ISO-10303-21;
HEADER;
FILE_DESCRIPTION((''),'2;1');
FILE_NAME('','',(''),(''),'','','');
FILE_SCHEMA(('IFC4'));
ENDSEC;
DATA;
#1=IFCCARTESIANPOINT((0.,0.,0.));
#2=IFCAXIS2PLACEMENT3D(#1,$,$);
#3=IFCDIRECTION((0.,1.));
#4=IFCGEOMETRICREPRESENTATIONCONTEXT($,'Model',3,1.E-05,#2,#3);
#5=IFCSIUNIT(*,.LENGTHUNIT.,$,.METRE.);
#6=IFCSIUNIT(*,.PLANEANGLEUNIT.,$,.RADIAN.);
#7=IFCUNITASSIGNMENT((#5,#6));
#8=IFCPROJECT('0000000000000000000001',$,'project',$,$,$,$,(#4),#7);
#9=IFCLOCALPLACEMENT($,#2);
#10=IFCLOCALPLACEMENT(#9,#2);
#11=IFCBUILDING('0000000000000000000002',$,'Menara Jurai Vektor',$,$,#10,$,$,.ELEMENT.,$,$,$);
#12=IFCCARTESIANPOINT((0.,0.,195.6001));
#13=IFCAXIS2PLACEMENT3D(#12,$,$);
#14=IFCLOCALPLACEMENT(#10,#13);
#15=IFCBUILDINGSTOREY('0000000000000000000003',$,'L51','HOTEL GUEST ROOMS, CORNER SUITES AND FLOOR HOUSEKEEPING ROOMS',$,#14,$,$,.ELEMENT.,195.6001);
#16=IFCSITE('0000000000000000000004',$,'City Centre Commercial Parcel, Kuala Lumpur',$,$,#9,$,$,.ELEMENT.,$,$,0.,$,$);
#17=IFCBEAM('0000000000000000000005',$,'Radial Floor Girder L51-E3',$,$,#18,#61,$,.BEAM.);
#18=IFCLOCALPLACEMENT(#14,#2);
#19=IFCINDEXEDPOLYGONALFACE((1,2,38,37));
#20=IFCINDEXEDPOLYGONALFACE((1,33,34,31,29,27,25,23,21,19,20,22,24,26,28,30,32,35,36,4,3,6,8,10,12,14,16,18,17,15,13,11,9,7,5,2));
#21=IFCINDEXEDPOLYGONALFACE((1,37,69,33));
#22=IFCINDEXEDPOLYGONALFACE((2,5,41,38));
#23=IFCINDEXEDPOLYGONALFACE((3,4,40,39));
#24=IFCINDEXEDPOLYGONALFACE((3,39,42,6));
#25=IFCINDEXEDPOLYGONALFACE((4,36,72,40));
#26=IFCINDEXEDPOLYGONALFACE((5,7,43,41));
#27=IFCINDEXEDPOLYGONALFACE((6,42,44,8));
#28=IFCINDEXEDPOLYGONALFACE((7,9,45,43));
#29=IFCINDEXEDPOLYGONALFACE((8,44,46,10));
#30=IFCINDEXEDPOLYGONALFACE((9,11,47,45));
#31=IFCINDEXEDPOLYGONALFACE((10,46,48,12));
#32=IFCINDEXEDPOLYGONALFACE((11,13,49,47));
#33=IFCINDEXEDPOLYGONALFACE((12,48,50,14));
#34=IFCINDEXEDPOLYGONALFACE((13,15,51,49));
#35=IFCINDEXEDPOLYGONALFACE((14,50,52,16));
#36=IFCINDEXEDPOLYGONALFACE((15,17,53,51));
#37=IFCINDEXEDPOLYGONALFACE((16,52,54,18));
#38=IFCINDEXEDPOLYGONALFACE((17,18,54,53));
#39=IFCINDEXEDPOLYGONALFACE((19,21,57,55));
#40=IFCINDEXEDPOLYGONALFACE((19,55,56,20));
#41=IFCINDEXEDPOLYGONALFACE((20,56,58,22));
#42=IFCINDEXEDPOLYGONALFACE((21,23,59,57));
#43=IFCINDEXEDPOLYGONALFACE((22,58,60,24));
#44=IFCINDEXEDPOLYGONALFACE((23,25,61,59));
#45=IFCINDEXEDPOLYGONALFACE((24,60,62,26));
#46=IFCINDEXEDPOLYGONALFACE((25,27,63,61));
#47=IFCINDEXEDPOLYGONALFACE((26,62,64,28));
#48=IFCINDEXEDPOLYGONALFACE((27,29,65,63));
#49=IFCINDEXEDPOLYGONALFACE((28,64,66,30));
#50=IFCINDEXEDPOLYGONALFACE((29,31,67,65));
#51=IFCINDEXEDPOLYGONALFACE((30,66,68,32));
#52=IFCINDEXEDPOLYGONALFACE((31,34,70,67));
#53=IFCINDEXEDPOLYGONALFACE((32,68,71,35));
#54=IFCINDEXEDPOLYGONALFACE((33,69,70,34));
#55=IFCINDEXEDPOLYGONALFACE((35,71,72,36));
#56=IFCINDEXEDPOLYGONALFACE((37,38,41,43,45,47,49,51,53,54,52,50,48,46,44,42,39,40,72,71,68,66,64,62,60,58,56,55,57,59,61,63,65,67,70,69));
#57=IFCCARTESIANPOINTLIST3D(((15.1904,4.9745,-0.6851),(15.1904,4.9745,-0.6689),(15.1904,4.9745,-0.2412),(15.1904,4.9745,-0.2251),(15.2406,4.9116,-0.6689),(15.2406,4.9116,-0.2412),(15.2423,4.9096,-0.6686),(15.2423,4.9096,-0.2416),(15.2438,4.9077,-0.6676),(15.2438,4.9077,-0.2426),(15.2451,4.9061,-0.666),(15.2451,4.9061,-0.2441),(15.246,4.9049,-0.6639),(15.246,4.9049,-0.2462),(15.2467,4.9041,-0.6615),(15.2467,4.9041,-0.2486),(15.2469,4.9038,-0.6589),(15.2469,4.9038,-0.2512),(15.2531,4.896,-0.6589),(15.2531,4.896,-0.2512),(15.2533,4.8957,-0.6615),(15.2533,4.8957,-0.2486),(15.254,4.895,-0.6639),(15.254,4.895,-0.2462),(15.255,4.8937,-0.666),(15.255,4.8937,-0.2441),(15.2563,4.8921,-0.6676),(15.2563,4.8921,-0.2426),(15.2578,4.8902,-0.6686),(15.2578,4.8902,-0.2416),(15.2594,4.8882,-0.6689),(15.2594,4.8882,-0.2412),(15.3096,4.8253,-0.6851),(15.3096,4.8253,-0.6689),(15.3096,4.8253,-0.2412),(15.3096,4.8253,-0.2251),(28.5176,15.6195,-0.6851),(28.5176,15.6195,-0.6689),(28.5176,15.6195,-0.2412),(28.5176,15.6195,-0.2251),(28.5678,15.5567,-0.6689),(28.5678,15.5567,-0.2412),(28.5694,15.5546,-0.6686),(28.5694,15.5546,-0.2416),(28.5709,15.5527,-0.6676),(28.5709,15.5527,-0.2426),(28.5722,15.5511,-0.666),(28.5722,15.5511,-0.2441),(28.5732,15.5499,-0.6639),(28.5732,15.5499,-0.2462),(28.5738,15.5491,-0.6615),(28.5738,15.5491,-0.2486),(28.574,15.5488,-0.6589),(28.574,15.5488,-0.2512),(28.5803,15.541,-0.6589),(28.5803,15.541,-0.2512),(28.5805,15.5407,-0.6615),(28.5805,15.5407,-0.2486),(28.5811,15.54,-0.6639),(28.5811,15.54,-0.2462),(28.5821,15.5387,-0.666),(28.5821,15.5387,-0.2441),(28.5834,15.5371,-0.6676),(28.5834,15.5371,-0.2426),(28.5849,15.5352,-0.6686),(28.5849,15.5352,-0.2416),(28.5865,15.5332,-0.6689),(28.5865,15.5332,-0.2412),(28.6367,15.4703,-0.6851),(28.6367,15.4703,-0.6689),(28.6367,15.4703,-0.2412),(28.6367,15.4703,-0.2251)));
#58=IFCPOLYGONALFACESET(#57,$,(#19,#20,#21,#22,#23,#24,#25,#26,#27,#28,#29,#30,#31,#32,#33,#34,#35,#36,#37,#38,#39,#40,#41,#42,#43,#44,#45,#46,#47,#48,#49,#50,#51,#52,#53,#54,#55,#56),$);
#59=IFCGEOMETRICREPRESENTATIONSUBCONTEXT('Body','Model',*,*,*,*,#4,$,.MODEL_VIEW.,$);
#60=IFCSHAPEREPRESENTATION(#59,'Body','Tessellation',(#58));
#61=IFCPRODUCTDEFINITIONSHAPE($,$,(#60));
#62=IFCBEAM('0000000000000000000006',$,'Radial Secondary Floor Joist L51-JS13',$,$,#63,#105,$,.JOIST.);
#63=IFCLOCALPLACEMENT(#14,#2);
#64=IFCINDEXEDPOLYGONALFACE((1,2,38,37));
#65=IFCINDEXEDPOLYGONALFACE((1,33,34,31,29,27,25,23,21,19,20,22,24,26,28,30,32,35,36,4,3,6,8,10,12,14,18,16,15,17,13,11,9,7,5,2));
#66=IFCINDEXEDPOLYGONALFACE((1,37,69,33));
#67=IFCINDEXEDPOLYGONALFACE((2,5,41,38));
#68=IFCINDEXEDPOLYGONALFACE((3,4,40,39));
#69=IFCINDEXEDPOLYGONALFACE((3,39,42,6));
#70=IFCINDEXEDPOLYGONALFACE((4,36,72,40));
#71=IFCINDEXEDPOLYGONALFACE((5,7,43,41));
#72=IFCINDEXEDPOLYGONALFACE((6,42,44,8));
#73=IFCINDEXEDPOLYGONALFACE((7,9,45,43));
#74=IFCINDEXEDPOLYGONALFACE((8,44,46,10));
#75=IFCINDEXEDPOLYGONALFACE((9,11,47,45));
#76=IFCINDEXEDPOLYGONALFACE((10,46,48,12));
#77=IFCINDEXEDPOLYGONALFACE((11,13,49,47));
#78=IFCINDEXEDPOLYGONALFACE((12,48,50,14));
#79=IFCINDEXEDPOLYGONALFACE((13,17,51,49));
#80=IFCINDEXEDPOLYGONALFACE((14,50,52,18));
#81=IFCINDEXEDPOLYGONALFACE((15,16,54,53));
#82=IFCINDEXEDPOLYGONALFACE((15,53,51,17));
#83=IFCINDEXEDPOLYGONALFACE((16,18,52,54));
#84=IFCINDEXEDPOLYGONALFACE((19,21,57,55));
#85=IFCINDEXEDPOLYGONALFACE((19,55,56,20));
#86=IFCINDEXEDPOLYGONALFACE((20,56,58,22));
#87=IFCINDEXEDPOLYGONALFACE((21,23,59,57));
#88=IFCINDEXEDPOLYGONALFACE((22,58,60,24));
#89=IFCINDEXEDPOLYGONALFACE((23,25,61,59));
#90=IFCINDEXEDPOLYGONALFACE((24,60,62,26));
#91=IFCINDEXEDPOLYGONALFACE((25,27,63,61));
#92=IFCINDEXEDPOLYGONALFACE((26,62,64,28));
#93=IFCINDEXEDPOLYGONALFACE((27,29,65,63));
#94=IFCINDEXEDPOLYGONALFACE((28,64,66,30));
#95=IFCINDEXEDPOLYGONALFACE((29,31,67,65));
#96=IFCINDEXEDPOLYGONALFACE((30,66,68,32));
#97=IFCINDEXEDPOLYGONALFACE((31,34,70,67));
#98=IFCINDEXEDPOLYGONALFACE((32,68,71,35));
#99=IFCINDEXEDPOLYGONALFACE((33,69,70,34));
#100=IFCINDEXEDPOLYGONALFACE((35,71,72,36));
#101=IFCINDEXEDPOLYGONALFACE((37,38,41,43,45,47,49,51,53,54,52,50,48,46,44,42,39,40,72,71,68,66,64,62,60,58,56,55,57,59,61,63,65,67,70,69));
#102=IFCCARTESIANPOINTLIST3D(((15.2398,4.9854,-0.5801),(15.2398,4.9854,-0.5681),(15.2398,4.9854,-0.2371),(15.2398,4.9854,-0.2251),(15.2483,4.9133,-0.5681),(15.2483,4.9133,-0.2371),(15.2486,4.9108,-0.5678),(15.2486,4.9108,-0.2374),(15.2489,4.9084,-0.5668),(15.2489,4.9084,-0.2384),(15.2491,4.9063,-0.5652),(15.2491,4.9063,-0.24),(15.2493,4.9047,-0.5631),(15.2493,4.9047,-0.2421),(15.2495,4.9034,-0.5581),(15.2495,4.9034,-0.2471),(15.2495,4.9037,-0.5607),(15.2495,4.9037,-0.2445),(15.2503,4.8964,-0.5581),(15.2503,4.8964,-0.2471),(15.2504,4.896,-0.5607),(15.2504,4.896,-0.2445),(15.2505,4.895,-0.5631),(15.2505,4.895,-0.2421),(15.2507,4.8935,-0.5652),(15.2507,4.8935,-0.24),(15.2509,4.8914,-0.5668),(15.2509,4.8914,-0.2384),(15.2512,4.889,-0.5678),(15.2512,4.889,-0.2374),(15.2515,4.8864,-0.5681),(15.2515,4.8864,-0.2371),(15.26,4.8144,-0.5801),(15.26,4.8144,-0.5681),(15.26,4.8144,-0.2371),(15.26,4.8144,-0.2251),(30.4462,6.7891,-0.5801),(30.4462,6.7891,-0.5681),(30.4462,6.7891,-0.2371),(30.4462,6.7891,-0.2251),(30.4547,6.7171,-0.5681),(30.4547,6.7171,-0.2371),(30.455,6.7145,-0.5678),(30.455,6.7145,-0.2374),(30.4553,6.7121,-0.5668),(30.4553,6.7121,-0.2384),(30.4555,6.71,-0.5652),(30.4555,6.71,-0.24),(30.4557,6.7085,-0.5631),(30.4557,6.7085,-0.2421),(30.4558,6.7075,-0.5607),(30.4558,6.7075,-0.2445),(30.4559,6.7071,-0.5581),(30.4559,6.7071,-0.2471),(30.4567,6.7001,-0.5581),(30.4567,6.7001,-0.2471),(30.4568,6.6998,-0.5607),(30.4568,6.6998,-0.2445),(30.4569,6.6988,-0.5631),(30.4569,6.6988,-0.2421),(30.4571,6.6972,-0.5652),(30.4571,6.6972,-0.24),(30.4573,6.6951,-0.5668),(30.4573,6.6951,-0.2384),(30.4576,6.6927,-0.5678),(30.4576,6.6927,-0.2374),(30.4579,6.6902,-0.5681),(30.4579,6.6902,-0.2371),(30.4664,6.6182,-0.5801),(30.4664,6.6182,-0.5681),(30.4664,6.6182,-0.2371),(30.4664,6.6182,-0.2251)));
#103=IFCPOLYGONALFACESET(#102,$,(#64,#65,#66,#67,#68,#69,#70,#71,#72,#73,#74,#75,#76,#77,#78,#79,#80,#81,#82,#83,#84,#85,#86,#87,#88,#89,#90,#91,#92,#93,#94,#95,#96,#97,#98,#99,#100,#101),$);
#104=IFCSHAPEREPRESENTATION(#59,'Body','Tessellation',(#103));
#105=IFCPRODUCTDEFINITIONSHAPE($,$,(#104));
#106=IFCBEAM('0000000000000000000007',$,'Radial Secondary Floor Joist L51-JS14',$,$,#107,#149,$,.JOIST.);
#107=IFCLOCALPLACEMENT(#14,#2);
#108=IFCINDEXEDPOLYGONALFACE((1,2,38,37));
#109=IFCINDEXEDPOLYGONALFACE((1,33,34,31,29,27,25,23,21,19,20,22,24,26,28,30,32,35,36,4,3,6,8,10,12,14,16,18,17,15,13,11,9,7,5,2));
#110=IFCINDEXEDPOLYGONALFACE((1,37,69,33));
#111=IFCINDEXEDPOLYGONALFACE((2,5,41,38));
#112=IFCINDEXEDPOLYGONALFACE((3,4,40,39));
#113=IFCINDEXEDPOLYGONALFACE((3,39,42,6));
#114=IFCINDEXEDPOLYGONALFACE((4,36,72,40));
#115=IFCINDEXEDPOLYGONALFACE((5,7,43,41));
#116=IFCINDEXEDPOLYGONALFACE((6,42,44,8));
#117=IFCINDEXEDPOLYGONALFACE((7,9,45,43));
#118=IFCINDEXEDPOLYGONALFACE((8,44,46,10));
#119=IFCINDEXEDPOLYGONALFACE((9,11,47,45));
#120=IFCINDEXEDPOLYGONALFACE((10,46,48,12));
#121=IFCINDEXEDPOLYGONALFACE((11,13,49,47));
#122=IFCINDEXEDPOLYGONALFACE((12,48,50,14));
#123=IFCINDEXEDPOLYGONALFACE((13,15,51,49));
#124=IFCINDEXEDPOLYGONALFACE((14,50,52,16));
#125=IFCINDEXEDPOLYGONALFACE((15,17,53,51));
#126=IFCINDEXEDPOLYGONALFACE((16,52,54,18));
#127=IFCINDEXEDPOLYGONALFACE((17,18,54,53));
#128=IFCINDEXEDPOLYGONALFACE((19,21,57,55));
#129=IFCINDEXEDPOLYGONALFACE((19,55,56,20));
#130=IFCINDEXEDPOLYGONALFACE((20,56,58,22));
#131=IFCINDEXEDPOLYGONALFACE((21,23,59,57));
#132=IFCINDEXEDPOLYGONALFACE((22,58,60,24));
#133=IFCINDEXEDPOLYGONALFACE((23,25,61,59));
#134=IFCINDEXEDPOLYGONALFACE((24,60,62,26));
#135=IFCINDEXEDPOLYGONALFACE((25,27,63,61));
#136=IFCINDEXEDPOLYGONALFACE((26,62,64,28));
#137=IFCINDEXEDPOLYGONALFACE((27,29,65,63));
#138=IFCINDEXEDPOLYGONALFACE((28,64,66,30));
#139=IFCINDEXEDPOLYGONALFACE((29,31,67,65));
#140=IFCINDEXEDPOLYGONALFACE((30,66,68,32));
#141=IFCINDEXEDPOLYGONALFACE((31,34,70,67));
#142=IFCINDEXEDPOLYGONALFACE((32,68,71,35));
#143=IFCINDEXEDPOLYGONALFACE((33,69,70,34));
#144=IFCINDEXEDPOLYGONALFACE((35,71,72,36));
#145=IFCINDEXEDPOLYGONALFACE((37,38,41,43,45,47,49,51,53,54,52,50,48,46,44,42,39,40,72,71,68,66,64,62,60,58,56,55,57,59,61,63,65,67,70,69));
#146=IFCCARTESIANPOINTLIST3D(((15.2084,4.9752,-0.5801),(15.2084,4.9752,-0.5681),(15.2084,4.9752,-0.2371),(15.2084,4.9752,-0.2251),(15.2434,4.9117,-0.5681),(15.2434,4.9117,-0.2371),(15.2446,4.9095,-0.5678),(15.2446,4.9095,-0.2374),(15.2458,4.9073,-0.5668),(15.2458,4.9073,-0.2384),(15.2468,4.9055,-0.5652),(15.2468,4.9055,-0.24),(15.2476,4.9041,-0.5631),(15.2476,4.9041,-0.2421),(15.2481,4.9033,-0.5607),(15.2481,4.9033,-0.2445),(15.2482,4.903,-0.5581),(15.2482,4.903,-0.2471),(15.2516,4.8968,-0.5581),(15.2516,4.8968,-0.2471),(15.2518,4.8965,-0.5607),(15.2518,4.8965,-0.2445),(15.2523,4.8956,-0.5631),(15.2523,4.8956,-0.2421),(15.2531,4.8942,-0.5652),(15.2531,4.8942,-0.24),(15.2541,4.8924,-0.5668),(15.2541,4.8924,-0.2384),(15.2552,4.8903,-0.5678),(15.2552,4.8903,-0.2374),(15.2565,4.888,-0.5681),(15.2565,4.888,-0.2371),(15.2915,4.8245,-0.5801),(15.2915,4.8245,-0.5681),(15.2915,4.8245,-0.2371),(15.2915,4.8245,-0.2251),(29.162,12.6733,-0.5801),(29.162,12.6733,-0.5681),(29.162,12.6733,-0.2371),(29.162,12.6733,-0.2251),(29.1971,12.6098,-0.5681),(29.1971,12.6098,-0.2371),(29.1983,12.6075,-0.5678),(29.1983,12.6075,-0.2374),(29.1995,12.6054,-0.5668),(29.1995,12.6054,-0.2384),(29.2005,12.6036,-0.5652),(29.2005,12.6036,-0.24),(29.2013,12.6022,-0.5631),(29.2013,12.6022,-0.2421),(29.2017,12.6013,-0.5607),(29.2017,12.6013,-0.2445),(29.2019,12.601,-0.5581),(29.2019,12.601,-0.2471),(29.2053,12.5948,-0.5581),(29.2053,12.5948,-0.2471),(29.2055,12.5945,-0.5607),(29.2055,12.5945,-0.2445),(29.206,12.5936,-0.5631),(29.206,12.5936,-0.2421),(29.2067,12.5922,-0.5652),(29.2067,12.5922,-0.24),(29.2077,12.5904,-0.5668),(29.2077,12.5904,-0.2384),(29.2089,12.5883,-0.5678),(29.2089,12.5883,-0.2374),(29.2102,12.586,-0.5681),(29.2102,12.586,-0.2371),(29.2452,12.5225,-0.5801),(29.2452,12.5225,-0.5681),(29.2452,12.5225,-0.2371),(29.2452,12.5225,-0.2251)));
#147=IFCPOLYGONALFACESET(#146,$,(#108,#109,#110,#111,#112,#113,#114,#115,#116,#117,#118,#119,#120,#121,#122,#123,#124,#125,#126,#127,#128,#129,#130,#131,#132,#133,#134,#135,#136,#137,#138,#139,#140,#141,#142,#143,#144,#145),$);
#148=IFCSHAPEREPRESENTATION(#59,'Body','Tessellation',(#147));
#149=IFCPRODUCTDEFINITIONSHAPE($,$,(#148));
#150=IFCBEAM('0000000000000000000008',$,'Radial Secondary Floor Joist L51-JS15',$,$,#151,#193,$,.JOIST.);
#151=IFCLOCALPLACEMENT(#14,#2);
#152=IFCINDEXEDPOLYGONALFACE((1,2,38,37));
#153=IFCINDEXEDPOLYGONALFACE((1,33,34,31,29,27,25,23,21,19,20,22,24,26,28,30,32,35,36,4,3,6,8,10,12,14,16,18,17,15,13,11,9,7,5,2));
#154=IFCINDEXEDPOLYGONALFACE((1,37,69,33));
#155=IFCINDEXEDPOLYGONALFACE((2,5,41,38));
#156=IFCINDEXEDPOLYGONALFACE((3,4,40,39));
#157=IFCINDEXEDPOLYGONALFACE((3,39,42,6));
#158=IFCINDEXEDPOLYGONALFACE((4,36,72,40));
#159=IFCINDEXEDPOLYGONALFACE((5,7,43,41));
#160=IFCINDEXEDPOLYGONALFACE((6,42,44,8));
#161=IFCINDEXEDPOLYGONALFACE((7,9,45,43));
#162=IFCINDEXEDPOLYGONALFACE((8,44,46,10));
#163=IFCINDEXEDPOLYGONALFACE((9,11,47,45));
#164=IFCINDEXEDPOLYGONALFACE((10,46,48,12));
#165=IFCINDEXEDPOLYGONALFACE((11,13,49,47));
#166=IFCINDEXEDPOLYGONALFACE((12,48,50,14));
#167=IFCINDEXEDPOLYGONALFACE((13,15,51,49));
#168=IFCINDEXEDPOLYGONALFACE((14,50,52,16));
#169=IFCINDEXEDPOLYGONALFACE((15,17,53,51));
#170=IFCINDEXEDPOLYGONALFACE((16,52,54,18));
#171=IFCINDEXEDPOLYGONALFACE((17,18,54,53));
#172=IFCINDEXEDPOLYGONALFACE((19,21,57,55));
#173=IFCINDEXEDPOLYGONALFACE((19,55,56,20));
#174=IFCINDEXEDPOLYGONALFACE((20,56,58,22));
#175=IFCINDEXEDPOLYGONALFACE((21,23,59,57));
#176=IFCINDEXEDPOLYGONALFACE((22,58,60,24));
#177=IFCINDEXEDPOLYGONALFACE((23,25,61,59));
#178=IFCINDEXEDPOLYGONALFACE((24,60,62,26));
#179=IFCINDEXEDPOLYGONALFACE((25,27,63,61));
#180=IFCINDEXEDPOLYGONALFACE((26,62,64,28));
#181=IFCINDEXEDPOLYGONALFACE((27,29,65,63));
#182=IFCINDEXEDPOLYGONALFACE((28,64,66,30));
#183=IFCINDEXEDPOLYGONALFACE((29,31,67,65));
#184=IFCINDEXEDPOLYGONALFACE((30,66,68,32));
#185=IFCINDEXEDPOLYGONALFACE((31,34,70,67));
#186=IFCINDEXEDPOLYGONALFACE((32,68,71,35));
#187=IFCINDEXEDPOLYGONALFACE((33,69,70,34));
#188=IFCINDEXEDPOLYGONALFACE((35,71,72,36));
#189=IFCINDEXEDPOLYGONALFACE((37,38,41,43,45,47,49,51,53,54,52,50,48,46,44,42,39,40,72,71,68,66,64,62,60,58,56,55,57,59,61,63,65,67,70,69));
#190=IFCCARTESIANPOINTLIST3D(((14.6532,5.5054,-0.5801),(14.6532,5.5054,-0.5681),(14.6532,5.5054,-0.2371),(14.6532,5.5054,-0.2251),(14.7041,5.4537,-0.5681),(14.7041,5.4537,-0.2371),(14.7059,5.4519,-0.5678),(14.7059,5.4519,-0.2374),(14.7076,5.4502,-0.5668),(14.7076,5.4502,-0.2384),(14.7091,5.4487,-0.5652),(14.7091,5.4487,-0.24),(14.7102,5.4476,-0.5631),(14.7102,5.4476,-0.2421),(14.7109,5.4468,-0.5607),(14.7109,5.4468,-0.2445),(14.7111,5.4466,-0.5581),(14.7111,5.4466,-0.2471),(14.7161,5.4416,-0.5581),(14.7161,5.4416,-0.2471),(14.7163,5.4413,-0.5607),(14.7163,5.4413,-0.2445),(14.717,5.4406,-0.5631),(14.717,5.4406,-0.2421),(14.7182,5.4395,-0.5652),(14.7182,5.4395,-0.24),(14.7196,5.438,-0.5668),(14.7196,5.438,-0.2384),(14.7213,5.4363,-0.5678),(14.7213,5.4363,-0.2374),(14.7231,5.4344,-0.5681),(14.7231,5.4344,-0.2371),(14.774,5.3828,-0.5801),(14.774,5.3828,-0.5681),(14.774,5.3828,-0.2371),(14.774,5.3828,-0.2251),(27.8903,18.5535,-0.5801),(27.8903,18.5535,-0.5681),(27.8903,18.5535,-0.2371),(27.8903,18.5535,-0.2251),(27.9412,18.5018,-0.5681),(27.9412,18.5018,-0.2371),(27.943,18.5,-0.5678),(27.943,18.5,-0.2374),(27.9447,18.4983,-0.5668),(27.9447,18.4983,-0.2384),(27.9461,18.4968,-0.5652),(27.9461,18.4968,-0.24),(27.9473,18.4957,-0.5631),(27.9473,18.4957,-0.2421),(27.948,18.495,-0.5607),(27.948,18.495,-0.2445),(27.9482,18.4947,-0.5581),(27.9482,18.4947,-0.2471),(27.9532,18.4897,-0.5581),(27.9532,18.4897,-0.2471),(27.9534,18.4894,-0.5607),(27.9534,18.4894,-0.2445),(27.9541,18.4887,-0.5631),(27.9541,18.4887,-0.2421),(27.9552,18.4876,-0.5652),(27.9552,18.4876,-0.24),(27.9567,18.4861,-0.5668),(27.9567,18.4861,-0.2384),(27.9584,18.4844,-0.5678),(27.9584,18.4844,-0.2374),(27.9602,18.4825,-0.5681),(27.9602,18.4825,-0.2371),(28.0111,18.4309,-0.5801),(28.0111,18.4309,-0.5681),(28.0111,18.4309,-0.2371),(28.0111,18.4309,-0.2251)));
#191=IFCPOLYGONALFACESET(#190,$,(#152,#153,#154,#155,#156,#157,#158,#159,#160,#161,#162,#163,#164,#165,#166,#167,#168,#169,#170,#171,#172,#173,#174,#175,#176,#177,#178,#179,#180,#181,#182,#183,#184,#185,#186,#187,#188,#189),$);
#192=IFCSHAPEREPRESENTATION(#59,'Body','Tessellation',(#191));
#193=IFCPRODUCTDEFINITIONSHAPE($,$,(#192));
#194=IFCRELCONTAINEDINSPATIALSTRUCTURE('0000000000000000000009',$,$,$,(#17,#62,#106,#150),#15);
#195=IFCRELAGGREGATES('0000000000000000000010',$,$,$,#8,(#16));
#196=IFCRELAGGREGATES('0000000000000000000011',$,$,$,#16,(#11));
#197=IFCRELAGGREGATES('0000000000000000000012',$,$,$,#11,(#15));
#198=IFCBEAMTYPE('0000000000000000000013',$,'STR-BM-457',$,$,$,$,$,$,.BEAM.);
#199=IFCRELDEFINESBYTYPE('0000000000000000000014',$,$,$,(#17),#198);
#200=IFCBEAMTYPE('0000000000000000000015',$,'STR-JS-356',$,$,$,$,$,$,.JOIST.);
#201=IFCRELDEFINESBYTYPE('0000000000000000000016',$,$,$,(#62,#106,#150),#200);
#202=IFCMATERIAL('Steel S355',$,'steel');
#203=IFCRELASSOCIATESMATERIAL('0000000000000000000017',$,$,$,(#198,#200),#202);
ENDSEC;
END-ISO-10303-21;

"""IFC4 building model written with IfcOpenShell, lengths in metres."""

from ifc_helpers import new_model, si_unit, direction, frame, origin, origin_2d, place, context, subcontext, project, spatial, i_section, extrude, material, material_profile, profile_set, type_object, element, save


model = new_model("IFC4")

# Units and contexts
model_context = context("Model", 3, precision=1e-05, world=origin(), true_north=direction((0.0, 1.0)))
body_context = subcontext(model_context, "Body", "Model", "MODEL_VIEW")
ifc_project = project(units=[si_unit("LENGTHUNIT", "METRE"), si_unit("PLANEANGLEUNIT", "RADIAN")], contexts=[model_context])

# Site, building, storey
site_placement = place(None, origin())
site = spatial("IfcSite", under=ifc_project, at=site_placement, Name="City Centre Commercial Parcel, Kuala Lumpur", CompositionType="ELEMENT", RefElevation=0.0)
building_placement = place(site_placement, origin())
building = spatial("IfcBuilding", under=site, at=building_placement, Name="Menara Jurai Vektor", CompositionType="ELEMENT")
storey_placement = place(building_placement, frame((0.0, 0.0, 195.6001)))
storey = spatial("IfcBuildingStorey", under=building, at=storey_placement, Name="L51", Description="HOTEL GUEST ROOMS, CORNER SUITES AND FLOOR HOUSEKEEPING ROOMS", CompositionType="ELEMENT", Elevation=195.6001)

# Beams
ifc_material_1 = material(Name="Steel S355", Category="steel")
ifc_material_profile_1 = material_profile(ifc_material_1, i_section(OverallWidth=0.1909, OverallDepth=0.46, WebThickness=0.01, FlangeThickness=0.0161, FilletRadius=0.01, at=origin_2d()), Name="UKB 457x191x82")
ifc_profile_set_1 = profile_set([ifc_material_profile_1], Name="Steel S355")
beam_type_1 = type_object("IfcBeamType", Name="STR-BM-457", PredefinedType="BEAM", material=ifc_profile_set_1)
beam_1_placement = place(storey_placement, frame((28.5771, 15.5449, -0.4551), z_axis=(-0.781346, -0.624098, 0.0), x_axis=(0.624098, -0.781346, 0.0)))
element("IfcBeam", 1, at=beam_1_placement, inside=storey, type_object=beam_type_1, Name="Radial Floor Girder L51-E3", PredefinedType="BEAM", context=body_context, shape_type="SweptSolid", body=[
    extrude(i_section(OverallWidth=0.1909, OverallDepth=0.46, WebThickness=0.01, FlangeThickness=0.0161, FilletRadius=0.01, at=origin_2d()), origin(), (0.0, 0.0, 1.0), 17.0566),
])
ifc_material_profile_2 = material_profile(ifc_material_1, i_section(OverallWidth=0.1721, OverallDepth=0.355, WebThickness=0.0071, FlangeThickness=0.012, FilletRadius=0.01, at=origin_2d()), Name="UKB 356x171x51")
ifc_profile_set_2 = profile_set([ifc_material_profile_2], Name="Steel S355")
beam_type_2 = type_object("IfcBeamType", Name="STR-JS-356", PredefinedType="JOIST", material=ifc_profile_set_2)
beam_2_placement = place(storey_placement, frame((30.4563, 6.7036, -0.4026), z_axis=(-0.993038, -0.11779, 0.0), x_axis=(0.11779, -0.993038, 0.0)))
element("IfcBeam", 2, at=beam_2_placement, inside=storey, type_object=beam_type_2, Name="Radial Secondary Floor Joist L51-JS13", PredefinedType="JOIST", context=body_context, shape_type="SweptSolid", body=[
    extrude(i_section(OverallWidth=0.1721, OverallDepth=0.355, WebThickness=0.0071, FlangeThickness=0.012, FilletRadius=0.01, at=origin_2d()), origin(), (0.0, 0.0, 1.0), 15.313),
])
beam_3_placement = place(storey_placement, frame((29.2036, 12.5979, -0.4026), z_axis=(-0.875592, -0.483051, 0.0), x_axis=(0.483051, -0.875592, 0.0)))
element("IfcBeam", 3, at=beam_3_placement, inside=storey, type_object=beam_type_2, Name="Radial Secondary Floor Joist L51-JS14", PredefinedType="JOIST", context=body_context, shape_type="SweptSolid", body=[
    extrude(i_section(OverallWidth=0.1721, OverallDepth=0.355, WebThickness=0.0071, FlangeThickness=0.012, FilletRadius=0.01, at=origin_2d()), origin(), (0.0, 0.0, 1.0), 15.9363),
])
beam_4_placement = place(storey_placement, frame((27.9507, 18.4922, -0.4026), z_axis=(-0.712172, -0.702005, 0.0), x_axis=(0.702005, -0.712172, 0.0)))
element("IfcBeam", 4, at=beam_4_placement, inside=storey, type_object=beam_type_2, Name="Radial Secondary Floor Joist L51-JS15", PredefinedType="JOIST", context=body_context, shape_type="SweptSolid", body=[
    extrude(i_section(OverallWidth=0.1721, OverallDepth=0.355, WebThickness=0.0071, FlangeThickness=0.012, FilletRadius=0.01, at=origin_2d()), origin(), (0.0, 0.0, 1.0), 18.5869),
])

save(model, "model.ifc")
